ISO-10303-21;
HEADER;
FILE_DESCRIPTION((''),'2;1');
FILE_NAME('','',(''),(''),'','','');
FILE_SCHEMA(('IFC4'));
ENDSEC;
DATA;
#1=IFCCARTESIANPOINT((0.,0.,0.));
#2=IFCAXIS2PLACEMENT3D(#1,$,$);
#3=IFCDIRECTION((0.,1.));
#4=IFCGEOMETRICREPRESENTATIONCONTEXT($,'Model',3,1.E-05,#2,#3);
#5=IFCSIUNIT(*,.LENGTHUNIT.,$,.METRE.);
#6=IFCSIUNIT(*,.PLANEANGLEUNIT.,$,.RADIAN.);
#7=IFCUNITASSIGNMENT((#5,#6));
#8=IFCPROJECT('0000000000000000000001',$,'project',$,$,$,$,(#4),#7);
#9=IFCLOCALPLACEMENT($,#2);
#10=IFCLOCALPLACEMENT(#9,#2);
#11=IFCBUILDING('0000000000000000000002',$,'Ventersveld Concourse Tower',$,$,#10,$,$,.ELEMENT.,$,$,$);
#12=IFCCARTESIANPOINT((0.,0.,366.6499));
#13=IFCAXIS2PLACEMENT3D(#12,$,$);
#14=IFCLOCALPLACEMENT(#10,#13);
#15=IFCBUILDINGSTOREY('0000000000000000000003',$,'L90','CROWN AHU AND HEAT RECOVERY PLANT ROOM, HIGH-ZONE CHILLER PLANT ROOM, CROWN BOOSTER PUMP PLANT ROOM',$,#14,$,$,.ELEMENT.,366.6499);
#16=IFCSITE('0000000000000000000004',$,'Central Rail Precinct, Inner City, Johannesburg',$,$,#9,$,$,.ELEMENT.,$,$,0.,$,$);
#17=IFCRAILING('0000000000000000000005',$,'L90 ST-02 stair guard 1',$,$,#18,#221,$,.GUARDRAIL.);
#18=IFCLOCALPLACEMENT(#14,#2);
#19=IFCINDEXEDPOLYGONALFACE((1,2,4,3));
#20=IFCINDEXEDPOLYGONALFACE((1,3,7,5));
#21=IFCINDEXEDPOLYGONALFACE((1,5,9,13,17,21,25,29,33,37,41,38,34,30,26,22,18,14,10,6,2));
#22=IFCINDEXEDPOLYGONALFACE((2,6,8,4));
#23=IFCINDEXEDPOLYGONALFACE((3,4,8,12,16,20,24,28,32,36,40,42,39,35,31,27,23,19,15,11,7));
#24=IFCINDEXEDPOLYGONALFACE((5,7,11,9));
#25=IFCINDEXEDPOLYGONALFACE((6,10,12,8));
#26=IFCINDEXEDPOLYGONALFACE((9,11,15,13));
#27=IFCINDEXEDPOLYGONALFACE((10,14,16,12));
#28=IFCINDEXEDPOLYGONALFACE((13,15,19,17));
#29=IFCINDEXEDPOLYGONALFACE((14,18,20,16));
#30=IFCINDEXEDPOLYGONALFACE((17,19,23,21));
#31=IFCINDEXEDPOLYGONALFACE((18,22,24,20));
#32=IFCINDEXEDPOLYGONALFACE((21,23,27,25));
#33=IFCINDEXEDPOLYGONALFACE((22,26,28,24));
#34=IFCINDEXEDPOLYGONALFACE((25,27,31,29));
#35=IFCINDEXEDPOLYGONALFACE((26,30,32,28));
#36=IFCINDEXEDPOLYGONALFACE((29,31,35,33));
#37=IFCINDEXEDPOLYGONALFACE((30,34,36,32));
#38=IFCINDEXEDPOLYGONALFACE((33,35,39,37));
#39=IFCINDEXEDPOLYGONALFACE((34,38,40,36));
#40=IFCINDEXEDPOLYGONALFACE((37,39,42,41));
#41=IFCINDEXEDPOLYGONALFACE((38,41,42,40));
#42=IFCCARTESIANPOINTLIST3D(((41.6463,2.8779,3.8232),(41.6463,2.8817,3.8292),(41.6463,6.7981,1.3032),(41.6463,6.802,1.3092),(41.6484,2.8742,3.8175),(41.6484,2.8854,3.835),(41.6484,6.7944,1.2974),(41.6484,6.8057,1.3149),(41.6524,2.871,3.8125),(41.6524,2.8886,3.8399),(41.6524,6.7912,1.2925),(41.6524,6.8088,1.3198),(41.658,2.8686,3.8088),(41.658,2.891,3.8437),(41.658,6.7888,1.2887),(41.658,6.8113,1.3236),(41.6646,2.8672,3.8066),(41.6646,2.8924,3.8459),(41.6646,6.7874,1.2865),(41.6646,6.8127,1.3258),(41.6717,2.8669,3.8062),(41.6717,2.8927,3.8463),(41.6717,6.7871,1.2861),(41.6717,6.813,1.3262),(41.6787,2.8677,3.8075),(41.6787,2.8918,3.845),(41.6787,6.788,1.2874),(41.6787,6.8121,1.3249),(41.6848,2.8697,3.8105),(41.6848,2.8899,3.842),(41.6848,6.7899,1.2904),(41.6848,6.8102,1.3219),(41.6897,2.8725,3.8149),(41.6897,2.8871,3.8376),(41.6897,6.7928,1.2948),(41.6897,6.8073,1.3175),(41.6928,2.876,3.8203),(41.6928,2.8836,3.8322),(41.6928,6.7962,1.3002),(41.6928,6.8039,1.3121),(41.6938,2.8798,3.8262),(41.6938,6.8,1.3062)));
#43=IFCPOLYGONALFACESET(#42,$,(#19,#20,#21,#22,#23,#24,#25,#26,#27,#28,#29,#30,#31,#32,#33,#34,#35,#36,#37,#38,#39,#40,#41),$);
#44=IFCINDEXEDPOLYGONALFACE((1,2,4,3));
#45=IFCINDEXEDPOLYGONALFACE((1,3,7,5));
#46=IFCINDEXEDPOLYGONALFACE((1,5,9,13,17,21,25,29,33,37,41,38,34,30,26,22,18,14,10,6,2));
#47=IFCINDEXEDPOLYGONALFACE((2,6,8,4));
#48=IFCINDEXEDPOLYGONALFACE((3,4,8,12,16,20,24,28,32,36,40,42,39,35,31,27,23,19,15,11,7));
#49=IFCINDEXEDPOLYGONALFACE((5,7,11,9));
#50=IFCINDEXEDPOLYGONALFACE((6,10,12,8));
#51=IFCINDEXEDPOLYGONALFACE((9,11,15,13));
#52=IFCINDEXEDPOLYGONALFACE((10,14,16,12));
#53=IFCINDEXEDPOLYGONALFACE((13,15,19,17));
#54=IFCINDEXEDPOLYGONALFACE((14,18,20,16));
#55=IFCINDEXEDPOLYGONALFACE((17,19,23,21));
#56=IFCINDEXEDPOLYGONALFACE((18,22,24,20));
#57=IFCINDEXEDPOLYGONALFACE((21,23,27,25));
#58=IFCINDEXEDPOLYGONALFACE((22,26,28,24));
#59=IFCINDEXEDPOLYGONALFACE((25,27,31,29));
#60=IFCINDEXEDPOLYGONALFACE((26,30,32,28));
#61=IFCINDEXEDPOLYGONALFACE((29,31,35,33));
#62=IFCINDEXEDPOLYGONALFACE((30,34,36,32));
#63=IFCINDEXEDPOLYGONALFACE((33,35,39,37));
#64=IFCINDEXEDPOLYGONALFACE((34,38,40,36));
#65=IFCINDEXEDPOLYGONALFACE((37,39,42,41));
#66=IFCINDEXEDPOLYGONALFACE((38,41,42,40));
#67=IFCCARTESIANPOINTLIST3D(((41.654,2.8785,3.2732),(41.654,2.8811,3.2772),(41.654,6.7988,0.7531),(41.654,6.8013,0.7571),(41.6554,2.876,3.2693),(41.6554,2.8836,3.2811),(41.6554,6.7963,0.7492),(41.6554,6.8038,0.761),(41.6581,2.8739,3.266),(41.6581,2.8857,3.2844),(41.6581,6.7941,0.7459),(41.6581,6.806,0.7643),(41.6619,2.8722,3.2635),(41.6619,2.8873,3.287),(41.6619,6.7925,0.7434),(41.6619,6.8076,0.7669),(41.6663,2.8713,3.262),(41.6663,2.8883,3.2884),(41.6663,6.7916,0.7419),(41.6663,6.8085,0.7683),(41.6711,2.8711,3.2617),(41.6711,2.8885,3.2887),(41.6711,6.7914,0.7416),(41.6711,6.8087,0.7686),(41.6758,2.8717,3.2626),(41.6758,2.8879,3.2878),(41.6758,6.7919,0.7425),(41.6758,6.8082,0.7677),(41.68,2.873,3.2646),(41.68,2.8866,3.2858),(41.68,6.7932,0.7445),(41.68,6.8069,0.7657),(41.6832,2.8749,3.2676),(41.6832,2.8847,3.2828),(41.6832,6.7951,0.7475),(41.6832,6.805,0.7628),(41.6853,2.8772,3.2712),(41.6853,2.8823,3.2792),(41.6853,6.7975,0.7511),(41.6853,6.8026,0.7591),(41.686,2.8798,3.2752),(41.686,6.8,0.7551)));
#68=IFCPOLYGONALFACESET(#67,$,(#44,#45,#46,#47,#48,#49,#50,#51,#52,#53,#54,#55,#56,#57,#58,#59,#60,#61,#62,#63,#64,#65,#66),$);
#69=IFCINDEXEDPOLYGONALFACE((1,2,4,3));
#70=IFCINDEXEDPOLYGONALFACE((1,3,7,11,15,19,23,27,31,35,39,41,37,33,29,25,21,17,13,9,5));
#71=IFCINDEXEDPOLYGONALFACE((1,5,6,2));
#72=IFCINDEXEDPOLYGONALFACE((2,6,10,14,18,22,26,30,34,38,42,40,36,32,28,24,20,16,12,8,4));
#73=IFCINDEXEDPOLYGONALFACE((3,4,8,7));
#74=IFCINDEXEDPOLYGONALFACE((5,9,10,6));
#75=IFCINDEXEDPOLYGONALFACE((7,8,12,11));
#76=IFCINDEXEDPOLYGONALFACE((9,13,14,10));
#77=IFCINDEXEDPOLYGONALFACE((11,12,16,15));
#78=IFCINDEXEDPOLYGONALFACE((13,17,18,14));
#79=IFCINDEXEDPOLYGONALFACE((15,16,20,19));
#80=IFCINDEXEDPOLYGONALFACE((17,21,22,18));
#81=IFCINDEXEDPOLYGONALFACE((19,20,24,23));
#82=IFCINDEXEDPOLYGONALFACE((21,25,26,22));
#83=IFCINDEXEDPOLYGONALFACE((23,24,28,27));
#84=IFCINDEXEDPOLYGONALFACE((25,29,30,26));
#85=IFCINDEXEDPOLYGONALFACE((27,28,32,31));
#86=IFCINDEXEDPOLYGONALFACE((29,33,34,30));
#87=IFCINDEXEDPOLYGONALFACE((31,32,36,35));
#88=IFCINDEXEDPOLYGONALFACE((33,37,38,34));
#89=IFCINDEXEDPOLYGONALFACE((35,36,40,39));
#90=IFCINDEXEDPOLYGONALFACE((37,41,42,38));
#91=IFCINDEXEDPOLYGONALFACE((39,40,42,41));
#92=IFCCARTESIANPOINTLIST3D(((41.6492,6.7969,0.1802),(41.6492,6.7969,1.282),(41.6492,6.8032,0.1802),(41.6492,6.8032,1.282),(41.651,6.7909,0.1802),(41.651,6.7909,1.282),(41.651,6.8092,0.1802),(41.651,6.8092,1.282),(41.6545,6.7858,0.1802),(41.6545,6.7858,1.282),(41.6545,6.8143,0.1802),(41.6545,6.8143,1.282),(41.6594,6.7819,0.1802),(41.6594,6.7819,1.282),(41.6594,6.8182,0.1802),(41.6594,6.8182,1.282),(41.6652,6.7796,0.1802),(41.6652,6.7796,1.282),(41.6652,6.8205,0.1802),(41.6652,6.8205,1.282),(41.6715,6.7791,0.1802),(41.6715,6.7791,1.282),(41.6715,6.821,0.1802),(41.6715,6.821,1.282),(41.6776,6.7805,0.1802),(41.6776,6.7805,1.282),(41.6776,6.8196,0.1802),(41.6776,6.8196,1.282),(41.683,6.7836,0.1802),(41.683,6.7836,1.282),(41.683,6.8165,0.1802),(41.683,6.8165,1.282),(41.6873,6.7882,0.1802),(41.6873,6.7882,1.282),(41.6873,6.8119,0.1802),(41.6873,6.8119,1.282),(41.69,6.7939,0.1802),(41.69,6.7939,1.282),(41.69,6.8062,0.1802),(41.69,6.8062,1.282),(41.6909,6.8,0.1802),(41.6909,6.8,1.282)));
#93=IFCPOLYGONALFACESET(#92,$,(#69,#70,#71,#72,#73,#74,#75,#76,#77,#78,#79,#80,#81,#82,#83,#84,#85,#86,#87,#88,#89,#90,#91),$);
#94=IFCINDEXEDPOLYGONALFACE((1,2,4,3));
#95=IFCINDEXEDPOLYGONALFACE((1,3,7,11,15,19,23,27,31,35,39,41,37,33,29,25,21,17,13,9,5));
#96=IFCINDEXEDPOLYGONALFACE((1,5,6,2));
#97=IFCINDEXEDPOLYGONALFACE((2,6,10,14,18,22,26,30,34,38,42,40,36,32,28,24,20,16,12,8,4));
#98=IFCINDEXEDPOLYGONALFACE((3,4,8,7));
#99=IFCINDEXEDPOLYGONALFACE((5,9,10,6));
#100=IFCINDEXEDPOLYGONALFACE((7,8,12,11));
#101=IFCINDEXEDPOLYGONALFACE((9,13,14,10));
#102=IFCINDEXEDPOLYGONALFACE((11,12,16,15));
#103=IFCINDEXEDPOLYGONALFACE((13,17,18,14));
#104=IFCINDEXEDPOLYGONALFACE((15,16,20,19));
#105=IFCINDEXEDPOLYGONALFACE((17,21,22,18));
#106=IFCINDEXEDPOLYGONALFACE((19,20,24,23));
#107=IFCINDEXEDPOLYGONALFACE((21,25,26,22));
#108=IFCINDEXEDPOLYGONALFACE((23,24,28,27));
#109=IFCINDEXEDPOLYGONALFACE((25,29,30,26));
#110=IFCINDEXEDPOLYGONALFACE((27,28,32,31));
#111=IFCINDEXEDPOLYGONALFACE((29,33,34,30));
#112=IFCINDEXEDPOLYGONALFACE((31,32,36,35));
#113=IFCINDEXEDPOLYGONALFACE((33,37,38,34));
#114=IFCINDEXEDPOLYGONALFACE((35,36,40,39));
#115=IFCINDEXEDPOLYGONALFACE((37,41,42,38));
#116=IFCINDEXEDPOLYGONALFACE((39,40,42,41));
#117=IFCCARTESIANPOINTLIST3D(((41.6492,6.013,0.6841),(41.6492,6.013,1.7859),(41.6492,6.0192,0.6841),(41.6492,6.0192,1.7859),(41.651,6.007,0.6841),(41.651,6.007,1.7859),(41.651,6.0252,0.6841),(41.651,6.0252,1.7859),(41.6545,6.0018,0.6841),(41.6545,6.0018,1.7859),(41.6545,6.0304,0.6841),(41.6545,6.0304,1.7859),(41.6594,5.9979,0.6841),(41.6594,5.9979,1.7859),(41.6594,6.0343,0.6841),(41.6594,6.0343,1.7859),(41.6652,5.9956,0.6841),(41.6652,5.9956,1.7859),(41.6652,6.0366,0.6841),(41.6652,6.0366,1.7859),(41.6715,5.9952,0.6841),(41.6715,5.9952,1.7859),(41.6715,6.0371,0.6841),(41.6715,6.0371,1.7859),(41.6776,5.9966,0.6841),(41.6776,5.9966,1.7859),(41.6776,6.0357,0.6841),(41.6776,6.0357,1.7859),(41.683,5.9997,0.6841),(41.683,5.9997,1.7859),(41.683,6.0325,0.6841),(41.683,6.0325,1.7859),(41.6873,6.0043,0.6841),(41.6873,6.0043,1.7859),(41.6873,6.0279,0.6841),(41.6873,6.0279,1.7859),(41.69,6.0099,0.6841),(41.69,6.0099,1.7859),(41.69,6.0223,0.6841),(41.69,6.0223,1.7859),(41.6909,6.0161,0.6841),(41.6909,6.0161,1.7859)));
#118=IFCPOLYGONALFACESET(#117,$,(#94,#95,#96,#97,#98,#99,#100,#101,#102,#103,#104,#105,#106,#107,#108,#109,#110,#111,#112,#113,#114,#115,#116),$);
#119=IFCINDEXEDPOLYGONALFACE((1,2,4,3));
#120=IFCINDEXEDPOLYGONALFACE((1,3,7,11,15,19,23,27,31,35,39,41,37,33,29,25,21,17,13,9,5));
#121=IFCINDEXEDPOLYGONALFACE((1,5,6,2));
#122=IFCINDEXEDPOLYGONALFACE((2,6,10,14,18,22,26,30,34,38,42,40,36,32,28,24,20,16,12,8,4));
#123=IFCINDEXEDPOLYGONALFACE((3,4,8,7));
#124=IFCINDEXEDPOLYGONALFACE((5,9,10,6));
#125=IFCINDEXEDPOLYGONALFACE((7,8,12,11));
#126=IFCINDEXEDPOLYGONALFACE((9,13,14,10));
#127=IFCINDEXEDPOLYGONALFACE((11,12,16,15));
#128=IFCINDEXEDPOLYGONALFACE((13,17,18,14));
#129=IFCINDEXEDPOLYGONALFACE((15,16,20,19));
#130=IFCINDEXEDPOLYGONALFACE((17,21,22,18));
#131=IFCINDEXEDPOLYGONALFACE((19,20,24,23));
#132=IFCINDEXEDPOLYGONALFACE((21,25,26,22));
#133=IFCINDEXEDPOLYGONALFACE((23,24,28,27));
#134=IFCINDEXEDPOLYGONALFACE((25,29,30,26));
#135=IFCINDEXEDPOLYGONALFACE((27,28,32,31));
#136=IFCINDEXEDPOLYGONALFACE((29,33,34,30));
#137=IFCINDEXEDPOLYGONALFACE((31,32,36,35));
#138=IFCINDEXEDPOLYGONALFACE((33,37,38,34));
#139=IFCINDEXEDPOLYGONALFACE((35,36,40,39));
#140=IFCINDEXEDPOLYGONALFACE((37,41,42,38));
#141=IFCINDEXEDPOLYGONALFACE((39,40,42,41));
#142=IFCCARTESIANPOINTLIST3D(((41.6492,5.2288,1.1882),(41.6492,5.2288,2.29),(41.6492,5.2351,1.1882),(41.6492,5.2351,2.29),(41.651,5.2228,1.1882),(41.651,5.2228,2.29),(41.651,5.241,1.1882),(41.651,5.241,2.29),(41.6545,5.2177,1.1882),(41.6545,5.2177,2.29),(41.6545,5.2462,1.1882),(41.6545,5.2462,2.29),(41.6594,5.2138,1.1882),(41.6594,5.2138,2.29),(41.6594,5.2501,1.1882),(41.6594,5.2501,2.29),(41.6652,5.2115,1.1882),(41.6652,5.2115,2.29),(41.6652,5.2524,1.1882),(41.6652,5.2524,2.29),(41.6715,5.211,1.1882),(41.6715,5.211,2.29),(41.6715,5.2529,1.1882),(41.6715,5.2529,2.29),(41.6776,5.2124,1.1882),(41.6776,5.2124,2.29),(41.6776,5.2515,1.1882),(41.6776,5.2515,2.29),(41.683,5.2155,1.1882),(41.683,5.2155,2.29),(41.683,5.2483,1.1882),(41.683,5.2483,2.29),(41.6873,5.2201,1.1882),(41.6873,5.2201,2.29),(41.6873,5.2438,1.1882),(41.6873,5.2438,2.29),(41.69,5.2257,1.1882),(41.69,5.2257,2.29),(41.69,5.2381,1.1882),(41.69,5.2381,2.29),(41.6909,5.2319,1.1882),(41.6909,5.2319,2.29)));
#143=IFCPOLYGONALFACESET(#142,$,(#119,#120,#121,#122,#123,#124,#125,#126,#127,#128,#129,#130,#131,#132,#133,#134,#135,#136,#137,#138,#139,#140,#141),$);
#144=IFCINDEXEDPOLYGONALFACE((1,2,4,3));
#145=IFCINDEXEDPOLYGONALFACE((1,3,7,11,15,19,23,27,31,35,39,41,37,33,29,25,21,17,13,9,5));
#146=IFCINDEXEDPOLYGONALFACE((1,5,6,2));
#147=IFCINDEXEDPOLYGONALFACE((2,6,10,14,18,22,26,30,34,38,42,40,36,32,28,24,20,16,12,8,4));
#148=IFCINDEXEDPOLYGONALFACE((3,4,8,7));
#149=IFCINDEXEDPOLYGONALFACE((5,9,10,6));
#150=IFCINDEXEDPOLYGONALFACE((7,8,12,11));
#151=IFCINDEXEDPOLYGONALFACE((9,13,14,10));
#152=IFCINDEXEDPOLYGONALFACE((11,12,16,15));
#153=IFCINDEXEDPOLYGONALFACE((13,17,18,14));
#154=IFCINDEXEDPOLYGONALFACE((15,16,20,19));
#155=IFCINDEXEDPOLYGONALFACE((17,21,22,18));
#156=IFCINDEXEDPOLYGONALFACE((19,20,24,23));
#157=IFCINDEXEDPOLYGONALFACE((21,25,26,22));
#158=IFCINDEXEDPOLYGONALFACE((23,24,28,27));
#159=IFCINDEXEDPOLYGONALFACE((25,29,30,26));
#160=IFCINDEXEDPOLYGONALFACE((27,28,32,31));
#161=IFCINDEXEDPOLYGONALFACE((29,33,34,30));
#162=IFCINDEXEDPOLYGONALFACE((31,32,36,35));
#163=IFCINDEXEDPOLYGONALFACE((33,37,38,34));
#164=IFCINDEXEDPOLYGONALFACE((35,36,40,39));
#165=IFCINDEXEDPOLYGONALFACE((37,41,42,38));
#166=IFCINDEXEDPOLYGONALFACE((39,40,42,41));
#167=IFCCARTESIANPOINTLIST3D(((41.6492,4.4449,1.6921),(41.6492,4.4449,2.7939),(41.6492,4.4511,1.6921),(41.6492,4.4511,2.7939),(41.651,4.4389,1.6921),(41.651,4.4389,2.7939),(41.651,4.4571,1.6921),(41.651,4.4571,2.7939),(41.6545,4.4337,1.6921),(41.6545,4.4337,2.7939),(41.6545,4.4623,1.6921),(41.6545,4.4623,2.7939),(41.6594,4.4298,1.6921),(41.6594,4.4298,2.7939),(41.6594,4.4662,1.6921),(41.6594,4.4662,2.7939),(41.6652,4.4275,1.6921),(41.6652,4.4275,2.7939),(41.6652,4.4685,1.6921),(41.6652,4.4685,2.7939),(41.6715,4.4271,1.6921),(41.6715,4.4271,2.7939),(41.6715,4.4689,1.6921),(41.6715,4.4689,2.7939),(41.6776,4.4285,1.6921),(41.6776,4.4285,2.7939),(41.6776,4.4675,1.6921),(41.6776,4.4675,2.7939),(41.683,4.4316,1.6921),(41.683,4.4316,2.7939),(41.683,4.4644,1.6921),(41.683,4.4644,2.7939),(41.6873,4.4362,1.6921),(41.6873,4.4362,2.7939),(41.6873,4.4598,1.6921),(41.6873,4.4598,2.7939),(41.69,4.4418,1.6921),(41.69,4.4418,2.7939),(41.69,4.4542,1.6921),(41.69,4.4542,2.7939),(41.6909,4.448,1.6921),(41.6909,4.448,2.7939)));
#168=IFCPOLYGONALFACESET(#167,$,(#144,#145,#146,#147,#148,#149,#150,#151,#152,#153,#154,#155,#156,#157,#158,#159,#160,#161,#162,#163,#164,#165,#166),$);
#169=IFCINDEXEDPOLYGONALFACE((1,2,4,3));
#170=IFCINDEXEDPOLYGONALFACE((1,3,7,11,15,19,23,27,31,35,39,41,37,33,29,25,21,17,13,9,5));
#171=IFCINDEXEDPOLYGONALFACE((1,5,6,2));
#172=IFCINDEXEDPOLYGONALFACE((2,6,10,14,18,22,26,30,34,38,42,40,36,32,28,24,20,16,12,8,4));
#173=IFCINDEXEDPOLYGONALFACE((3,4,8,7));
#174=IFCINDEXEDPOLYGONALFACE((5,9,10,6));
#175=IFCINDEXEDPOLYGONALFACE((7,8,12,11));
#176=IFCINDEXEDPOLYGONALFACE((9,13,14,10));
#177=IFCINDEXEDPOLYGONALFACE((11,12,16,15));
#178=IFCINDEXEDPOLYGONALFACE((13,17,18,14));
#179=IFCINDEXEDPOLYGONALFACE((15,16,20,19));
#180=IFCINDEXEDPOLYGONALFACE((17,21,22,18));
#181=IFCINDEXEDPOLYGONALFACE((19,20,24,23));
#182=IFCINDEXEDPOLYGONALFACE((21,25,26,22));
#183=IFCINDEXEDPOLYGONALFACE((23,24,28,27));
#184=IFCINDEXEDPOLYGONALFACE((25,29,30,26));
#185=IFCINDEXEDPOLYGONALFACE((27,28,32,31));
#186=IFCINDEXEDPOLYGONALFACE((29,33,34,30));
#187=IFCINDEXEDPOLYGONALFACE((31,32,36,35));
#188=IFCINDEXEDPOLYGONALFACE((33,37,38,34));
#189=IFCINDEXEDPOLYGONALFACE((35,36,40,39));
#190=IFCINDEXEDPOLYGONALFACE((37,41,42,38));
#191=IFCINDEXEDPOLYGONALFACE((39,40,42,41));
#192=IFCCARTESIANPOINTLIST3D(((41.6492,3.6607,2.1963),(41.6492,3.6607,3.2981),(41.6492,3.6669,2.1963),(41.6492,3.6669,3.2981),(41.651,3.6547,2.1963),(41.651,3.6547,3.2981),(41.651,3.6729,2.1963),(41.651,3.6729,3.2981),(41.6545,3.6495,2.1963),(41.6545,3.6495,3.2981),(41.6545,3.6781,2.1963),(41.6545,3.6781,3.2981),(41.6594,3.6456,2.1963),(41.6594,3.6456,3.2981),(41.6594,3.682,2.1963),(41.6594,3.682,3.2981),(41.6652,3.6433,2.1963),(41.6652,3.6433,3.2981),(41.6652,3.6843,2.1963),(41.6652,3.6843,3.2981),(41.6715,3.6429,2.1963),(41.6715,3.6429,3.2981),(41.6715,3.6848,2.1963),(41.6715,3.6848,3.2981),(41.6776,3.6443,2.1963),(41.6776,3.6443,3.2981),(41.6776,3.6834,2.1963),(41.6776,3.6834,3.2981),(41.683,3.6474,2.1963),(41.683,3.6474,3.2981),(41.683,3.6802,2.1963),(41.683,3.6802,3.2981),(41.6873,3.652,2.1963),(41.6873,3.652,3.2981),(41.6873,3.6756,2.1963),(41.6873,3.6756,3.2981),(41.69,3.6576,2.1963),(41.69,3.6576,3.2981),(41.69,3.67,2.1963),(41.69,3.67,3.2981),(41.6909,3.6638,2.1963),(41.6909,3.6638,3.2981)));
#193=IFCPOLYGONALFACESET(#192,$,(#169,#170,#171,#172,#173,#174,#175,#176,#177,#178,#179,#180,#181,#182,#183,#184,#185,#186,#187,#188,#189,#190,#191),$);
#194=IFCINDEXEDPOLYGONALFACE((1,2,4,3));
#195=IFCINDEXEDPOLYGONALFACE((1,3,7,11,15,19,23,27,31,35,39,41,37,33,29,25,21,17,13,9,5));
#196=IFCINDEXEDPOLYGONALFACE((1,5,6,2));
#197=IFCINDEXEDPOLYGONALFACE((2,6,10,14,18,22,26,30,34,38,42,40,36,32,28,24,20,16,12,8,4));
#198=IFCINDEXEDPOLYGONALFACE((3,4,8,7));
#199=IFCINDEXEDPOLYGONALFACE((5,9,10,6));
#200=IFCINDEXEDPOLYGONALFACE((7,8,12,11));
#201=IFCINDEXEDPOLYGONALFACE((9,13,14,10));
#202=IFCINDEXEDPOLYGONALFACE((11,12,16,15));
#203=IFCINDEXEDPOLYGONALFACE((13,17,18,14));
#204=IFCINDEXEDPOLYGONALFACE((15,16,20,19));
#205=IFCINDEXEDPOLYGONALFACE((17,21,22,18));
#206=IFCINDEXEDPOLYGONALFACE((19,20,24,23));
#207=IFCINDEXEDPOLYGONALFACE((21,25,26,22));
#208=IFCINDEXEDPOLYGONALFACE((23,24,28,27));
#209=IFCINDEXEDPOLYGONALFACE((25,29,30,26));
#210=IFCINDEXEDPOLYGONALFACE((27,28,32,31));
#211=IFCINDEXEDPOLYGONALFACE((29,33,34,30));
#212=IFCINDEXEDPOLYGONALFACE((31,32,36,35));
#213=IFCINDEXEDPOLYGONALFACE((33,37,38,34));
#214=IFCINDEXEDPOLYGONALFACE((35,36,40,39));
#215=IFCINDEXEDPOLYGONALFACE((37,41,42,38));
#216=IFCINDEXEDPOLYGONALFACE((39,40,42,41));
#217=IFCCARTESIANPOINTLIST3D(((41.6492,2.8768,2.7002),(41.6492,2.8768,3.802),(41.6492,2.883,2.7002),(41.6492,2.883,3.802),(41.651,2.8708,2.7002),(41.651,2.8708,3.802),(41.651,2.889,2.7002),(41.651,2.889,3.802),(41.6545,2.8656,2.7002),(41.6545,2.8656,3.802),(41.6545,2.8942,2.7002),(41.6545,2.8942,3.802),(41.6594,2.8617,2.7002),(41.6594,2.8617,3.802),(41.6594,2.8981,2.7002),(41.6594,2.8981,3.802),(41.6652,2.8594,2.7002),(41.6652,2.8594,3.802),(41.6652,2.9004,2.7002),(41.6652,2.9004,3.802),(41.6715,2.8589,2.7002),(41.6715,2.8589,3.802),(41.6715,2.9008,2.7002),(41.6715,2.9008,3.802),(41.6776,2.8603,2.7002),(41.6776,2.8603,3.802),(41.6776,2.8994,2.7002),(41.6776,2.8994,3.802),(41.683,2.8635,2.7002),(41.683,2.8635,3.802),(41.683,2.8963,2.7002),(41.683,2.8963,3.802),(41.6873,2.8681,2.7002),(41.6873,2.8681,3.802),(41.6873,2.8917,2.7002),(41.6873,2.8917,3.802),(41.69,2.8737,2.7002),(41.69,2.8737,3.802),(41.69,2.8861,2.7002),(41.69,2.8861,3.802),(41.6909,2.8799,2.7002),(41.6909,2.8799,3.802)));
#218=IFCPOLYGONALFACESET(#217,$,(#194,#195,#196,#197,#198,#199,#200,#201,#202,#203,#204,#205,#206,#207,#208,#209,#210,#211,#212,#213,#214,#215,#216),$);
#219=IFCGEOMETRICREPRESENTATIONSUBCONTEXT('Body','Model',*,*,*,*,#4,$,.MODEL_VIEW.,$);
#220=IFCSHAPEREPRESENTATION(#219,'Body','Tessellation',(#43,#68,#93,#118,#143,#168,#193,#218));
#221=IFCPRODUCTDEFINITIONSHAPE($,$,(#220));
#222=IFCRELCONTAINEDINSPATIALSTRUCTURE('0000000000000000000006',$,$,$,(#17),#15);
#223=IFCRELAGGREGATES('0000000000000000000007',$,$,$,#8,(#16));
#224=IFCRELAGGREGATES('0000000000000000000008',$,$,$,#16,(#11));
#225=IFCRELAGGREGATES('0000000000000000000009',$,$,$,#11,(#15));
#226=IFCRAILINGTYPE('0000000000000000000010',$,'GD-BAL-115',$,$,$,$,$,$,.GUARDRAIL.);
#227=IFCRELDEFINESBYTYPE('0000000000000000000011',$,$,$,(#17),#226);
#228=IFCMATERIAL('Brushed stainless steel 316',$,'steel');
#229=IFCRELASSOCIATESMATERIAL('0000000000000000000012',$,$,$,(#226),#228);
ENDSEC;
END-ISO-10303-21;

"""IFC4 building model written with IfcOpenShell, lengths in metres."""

from ifc_helpers import new_model, si_unit, direction, frame, origin, origin_2d, place, context, subcontext, project, spatial, circle, extrude, material, type_object, element, save


model = new_model("IFC4")

# Units and contexts
model_context = context("Model", 3, precision=1e-05, world=origin(), true_north=direction((0.0, 1.0)))
body_context = subcontext(model_context, "Body", "Model", "MODEL_VIEW")
ifc_project = project(units=[si_unit("LENGTHUNIT", "METRE"), si_unit("PLANEANGLEUNIT", "RADIAN")], contexts=[model_context])

# Site, building, storey
site_placement = place(None, origin())
site = spatial("IfcSite", under=ifc_project, at=site_placement, Name="Central Rail Precinct, Inner City, Johannesburg", CompositionType="ELEMENT", RefElevation=0.0)
building_placement = place(site_placement, origin())
building = spatial("IfcBuilding", under=site, at=building_placement, Name="Ventersveld Concourse Tower", CompositionType="ELEMENT")
storey_placement = place(building_placement, frame((0.0, 0.0, 366.6499)))
storey = spatial("IfcBuildingStorey", under=building, at=storey_placement, Name="L90", Description="CROWN AHU AND HEAT RECOVERY PLANT ROOM, HIGH-ZONE CHILLER PLANT ROOM, CROWN BOOSTER PUMP PLANT ROOM", CompositionType="ELEMENT", Elevation=366.6499)

# Shared definitions
ifc_material_1 = material(Name="Brushed stainless steel 316", Category="steel")

# Railing
railing_type_1 = type_object("IfcRailingType", Name="GD-BAL-115", PredefinedType="GUARDRAIL", material=ifc_material_1)
railing_1_placement = place(storey_placement, frame((41.6699, 6.8, 0.1802)))
element("IfcRailing", 1, at=railing_1_placement, inside=storey, type_object=railing_type_1, Name="L90 ST-02 stair guard 1", PredefinedType="GUARDRAIL", context=body_context, shape_type="SweptSolid", body=[
    extrude(circle(Radius=0.0239, at=origin_2d()), frame((0.0, 0.0, 1.126), z_axis=(0.0, -0.841187, 0.540744), x_axis=(1.0, 0.0, 0.0)), (0.0, 0.0, 1.0), 4.6604),
    extrude(circle(Radius=0.0161, at=origin_2d()), frame((0.0, 0.0, 0.575), z_axis=(0.0, -0.841187, 0.540744), x_axis=(1.0, 0.0, 0.0)), (0.0, 0.0, 1.0), 4.6604),
    extrude(circle(Radius=0.021, at=origin_2d()), origin(), (0.0, 0.0, 1.0), 1.1018),
    extrude(circle(Radius=0.021, at=origin_2d()), frame((0.0, -0.7839, 0.5039)), (0.0, 0.0, 1.0), 1.1018),
    extrude(circle(Radius=0.021, at=origin_2d()), frame((0.0, -1.5681, 1.0081)), (0.0, 0.0, 1.0), 1.1018),
    extrude(circle(Radius=0.021, at=origin_2d()), frame((0.0, -2.3521, 1.512)), (0.0, 0.0, 1.0), 1.1018),
    extrude(circle(Radius=0.021, at=origin_2d()), frame((0.0, -3.1362, 2.0161)), (0.0, 0.0, 1.0), 1.1018),
    extrude(circle(Radius=0.021, at=origin_2d()), frame((0.0, -3.9202, 2.52)), (0.0, 0.0, 1.0), 1.1018),
])

save(model, "model.ifc")
